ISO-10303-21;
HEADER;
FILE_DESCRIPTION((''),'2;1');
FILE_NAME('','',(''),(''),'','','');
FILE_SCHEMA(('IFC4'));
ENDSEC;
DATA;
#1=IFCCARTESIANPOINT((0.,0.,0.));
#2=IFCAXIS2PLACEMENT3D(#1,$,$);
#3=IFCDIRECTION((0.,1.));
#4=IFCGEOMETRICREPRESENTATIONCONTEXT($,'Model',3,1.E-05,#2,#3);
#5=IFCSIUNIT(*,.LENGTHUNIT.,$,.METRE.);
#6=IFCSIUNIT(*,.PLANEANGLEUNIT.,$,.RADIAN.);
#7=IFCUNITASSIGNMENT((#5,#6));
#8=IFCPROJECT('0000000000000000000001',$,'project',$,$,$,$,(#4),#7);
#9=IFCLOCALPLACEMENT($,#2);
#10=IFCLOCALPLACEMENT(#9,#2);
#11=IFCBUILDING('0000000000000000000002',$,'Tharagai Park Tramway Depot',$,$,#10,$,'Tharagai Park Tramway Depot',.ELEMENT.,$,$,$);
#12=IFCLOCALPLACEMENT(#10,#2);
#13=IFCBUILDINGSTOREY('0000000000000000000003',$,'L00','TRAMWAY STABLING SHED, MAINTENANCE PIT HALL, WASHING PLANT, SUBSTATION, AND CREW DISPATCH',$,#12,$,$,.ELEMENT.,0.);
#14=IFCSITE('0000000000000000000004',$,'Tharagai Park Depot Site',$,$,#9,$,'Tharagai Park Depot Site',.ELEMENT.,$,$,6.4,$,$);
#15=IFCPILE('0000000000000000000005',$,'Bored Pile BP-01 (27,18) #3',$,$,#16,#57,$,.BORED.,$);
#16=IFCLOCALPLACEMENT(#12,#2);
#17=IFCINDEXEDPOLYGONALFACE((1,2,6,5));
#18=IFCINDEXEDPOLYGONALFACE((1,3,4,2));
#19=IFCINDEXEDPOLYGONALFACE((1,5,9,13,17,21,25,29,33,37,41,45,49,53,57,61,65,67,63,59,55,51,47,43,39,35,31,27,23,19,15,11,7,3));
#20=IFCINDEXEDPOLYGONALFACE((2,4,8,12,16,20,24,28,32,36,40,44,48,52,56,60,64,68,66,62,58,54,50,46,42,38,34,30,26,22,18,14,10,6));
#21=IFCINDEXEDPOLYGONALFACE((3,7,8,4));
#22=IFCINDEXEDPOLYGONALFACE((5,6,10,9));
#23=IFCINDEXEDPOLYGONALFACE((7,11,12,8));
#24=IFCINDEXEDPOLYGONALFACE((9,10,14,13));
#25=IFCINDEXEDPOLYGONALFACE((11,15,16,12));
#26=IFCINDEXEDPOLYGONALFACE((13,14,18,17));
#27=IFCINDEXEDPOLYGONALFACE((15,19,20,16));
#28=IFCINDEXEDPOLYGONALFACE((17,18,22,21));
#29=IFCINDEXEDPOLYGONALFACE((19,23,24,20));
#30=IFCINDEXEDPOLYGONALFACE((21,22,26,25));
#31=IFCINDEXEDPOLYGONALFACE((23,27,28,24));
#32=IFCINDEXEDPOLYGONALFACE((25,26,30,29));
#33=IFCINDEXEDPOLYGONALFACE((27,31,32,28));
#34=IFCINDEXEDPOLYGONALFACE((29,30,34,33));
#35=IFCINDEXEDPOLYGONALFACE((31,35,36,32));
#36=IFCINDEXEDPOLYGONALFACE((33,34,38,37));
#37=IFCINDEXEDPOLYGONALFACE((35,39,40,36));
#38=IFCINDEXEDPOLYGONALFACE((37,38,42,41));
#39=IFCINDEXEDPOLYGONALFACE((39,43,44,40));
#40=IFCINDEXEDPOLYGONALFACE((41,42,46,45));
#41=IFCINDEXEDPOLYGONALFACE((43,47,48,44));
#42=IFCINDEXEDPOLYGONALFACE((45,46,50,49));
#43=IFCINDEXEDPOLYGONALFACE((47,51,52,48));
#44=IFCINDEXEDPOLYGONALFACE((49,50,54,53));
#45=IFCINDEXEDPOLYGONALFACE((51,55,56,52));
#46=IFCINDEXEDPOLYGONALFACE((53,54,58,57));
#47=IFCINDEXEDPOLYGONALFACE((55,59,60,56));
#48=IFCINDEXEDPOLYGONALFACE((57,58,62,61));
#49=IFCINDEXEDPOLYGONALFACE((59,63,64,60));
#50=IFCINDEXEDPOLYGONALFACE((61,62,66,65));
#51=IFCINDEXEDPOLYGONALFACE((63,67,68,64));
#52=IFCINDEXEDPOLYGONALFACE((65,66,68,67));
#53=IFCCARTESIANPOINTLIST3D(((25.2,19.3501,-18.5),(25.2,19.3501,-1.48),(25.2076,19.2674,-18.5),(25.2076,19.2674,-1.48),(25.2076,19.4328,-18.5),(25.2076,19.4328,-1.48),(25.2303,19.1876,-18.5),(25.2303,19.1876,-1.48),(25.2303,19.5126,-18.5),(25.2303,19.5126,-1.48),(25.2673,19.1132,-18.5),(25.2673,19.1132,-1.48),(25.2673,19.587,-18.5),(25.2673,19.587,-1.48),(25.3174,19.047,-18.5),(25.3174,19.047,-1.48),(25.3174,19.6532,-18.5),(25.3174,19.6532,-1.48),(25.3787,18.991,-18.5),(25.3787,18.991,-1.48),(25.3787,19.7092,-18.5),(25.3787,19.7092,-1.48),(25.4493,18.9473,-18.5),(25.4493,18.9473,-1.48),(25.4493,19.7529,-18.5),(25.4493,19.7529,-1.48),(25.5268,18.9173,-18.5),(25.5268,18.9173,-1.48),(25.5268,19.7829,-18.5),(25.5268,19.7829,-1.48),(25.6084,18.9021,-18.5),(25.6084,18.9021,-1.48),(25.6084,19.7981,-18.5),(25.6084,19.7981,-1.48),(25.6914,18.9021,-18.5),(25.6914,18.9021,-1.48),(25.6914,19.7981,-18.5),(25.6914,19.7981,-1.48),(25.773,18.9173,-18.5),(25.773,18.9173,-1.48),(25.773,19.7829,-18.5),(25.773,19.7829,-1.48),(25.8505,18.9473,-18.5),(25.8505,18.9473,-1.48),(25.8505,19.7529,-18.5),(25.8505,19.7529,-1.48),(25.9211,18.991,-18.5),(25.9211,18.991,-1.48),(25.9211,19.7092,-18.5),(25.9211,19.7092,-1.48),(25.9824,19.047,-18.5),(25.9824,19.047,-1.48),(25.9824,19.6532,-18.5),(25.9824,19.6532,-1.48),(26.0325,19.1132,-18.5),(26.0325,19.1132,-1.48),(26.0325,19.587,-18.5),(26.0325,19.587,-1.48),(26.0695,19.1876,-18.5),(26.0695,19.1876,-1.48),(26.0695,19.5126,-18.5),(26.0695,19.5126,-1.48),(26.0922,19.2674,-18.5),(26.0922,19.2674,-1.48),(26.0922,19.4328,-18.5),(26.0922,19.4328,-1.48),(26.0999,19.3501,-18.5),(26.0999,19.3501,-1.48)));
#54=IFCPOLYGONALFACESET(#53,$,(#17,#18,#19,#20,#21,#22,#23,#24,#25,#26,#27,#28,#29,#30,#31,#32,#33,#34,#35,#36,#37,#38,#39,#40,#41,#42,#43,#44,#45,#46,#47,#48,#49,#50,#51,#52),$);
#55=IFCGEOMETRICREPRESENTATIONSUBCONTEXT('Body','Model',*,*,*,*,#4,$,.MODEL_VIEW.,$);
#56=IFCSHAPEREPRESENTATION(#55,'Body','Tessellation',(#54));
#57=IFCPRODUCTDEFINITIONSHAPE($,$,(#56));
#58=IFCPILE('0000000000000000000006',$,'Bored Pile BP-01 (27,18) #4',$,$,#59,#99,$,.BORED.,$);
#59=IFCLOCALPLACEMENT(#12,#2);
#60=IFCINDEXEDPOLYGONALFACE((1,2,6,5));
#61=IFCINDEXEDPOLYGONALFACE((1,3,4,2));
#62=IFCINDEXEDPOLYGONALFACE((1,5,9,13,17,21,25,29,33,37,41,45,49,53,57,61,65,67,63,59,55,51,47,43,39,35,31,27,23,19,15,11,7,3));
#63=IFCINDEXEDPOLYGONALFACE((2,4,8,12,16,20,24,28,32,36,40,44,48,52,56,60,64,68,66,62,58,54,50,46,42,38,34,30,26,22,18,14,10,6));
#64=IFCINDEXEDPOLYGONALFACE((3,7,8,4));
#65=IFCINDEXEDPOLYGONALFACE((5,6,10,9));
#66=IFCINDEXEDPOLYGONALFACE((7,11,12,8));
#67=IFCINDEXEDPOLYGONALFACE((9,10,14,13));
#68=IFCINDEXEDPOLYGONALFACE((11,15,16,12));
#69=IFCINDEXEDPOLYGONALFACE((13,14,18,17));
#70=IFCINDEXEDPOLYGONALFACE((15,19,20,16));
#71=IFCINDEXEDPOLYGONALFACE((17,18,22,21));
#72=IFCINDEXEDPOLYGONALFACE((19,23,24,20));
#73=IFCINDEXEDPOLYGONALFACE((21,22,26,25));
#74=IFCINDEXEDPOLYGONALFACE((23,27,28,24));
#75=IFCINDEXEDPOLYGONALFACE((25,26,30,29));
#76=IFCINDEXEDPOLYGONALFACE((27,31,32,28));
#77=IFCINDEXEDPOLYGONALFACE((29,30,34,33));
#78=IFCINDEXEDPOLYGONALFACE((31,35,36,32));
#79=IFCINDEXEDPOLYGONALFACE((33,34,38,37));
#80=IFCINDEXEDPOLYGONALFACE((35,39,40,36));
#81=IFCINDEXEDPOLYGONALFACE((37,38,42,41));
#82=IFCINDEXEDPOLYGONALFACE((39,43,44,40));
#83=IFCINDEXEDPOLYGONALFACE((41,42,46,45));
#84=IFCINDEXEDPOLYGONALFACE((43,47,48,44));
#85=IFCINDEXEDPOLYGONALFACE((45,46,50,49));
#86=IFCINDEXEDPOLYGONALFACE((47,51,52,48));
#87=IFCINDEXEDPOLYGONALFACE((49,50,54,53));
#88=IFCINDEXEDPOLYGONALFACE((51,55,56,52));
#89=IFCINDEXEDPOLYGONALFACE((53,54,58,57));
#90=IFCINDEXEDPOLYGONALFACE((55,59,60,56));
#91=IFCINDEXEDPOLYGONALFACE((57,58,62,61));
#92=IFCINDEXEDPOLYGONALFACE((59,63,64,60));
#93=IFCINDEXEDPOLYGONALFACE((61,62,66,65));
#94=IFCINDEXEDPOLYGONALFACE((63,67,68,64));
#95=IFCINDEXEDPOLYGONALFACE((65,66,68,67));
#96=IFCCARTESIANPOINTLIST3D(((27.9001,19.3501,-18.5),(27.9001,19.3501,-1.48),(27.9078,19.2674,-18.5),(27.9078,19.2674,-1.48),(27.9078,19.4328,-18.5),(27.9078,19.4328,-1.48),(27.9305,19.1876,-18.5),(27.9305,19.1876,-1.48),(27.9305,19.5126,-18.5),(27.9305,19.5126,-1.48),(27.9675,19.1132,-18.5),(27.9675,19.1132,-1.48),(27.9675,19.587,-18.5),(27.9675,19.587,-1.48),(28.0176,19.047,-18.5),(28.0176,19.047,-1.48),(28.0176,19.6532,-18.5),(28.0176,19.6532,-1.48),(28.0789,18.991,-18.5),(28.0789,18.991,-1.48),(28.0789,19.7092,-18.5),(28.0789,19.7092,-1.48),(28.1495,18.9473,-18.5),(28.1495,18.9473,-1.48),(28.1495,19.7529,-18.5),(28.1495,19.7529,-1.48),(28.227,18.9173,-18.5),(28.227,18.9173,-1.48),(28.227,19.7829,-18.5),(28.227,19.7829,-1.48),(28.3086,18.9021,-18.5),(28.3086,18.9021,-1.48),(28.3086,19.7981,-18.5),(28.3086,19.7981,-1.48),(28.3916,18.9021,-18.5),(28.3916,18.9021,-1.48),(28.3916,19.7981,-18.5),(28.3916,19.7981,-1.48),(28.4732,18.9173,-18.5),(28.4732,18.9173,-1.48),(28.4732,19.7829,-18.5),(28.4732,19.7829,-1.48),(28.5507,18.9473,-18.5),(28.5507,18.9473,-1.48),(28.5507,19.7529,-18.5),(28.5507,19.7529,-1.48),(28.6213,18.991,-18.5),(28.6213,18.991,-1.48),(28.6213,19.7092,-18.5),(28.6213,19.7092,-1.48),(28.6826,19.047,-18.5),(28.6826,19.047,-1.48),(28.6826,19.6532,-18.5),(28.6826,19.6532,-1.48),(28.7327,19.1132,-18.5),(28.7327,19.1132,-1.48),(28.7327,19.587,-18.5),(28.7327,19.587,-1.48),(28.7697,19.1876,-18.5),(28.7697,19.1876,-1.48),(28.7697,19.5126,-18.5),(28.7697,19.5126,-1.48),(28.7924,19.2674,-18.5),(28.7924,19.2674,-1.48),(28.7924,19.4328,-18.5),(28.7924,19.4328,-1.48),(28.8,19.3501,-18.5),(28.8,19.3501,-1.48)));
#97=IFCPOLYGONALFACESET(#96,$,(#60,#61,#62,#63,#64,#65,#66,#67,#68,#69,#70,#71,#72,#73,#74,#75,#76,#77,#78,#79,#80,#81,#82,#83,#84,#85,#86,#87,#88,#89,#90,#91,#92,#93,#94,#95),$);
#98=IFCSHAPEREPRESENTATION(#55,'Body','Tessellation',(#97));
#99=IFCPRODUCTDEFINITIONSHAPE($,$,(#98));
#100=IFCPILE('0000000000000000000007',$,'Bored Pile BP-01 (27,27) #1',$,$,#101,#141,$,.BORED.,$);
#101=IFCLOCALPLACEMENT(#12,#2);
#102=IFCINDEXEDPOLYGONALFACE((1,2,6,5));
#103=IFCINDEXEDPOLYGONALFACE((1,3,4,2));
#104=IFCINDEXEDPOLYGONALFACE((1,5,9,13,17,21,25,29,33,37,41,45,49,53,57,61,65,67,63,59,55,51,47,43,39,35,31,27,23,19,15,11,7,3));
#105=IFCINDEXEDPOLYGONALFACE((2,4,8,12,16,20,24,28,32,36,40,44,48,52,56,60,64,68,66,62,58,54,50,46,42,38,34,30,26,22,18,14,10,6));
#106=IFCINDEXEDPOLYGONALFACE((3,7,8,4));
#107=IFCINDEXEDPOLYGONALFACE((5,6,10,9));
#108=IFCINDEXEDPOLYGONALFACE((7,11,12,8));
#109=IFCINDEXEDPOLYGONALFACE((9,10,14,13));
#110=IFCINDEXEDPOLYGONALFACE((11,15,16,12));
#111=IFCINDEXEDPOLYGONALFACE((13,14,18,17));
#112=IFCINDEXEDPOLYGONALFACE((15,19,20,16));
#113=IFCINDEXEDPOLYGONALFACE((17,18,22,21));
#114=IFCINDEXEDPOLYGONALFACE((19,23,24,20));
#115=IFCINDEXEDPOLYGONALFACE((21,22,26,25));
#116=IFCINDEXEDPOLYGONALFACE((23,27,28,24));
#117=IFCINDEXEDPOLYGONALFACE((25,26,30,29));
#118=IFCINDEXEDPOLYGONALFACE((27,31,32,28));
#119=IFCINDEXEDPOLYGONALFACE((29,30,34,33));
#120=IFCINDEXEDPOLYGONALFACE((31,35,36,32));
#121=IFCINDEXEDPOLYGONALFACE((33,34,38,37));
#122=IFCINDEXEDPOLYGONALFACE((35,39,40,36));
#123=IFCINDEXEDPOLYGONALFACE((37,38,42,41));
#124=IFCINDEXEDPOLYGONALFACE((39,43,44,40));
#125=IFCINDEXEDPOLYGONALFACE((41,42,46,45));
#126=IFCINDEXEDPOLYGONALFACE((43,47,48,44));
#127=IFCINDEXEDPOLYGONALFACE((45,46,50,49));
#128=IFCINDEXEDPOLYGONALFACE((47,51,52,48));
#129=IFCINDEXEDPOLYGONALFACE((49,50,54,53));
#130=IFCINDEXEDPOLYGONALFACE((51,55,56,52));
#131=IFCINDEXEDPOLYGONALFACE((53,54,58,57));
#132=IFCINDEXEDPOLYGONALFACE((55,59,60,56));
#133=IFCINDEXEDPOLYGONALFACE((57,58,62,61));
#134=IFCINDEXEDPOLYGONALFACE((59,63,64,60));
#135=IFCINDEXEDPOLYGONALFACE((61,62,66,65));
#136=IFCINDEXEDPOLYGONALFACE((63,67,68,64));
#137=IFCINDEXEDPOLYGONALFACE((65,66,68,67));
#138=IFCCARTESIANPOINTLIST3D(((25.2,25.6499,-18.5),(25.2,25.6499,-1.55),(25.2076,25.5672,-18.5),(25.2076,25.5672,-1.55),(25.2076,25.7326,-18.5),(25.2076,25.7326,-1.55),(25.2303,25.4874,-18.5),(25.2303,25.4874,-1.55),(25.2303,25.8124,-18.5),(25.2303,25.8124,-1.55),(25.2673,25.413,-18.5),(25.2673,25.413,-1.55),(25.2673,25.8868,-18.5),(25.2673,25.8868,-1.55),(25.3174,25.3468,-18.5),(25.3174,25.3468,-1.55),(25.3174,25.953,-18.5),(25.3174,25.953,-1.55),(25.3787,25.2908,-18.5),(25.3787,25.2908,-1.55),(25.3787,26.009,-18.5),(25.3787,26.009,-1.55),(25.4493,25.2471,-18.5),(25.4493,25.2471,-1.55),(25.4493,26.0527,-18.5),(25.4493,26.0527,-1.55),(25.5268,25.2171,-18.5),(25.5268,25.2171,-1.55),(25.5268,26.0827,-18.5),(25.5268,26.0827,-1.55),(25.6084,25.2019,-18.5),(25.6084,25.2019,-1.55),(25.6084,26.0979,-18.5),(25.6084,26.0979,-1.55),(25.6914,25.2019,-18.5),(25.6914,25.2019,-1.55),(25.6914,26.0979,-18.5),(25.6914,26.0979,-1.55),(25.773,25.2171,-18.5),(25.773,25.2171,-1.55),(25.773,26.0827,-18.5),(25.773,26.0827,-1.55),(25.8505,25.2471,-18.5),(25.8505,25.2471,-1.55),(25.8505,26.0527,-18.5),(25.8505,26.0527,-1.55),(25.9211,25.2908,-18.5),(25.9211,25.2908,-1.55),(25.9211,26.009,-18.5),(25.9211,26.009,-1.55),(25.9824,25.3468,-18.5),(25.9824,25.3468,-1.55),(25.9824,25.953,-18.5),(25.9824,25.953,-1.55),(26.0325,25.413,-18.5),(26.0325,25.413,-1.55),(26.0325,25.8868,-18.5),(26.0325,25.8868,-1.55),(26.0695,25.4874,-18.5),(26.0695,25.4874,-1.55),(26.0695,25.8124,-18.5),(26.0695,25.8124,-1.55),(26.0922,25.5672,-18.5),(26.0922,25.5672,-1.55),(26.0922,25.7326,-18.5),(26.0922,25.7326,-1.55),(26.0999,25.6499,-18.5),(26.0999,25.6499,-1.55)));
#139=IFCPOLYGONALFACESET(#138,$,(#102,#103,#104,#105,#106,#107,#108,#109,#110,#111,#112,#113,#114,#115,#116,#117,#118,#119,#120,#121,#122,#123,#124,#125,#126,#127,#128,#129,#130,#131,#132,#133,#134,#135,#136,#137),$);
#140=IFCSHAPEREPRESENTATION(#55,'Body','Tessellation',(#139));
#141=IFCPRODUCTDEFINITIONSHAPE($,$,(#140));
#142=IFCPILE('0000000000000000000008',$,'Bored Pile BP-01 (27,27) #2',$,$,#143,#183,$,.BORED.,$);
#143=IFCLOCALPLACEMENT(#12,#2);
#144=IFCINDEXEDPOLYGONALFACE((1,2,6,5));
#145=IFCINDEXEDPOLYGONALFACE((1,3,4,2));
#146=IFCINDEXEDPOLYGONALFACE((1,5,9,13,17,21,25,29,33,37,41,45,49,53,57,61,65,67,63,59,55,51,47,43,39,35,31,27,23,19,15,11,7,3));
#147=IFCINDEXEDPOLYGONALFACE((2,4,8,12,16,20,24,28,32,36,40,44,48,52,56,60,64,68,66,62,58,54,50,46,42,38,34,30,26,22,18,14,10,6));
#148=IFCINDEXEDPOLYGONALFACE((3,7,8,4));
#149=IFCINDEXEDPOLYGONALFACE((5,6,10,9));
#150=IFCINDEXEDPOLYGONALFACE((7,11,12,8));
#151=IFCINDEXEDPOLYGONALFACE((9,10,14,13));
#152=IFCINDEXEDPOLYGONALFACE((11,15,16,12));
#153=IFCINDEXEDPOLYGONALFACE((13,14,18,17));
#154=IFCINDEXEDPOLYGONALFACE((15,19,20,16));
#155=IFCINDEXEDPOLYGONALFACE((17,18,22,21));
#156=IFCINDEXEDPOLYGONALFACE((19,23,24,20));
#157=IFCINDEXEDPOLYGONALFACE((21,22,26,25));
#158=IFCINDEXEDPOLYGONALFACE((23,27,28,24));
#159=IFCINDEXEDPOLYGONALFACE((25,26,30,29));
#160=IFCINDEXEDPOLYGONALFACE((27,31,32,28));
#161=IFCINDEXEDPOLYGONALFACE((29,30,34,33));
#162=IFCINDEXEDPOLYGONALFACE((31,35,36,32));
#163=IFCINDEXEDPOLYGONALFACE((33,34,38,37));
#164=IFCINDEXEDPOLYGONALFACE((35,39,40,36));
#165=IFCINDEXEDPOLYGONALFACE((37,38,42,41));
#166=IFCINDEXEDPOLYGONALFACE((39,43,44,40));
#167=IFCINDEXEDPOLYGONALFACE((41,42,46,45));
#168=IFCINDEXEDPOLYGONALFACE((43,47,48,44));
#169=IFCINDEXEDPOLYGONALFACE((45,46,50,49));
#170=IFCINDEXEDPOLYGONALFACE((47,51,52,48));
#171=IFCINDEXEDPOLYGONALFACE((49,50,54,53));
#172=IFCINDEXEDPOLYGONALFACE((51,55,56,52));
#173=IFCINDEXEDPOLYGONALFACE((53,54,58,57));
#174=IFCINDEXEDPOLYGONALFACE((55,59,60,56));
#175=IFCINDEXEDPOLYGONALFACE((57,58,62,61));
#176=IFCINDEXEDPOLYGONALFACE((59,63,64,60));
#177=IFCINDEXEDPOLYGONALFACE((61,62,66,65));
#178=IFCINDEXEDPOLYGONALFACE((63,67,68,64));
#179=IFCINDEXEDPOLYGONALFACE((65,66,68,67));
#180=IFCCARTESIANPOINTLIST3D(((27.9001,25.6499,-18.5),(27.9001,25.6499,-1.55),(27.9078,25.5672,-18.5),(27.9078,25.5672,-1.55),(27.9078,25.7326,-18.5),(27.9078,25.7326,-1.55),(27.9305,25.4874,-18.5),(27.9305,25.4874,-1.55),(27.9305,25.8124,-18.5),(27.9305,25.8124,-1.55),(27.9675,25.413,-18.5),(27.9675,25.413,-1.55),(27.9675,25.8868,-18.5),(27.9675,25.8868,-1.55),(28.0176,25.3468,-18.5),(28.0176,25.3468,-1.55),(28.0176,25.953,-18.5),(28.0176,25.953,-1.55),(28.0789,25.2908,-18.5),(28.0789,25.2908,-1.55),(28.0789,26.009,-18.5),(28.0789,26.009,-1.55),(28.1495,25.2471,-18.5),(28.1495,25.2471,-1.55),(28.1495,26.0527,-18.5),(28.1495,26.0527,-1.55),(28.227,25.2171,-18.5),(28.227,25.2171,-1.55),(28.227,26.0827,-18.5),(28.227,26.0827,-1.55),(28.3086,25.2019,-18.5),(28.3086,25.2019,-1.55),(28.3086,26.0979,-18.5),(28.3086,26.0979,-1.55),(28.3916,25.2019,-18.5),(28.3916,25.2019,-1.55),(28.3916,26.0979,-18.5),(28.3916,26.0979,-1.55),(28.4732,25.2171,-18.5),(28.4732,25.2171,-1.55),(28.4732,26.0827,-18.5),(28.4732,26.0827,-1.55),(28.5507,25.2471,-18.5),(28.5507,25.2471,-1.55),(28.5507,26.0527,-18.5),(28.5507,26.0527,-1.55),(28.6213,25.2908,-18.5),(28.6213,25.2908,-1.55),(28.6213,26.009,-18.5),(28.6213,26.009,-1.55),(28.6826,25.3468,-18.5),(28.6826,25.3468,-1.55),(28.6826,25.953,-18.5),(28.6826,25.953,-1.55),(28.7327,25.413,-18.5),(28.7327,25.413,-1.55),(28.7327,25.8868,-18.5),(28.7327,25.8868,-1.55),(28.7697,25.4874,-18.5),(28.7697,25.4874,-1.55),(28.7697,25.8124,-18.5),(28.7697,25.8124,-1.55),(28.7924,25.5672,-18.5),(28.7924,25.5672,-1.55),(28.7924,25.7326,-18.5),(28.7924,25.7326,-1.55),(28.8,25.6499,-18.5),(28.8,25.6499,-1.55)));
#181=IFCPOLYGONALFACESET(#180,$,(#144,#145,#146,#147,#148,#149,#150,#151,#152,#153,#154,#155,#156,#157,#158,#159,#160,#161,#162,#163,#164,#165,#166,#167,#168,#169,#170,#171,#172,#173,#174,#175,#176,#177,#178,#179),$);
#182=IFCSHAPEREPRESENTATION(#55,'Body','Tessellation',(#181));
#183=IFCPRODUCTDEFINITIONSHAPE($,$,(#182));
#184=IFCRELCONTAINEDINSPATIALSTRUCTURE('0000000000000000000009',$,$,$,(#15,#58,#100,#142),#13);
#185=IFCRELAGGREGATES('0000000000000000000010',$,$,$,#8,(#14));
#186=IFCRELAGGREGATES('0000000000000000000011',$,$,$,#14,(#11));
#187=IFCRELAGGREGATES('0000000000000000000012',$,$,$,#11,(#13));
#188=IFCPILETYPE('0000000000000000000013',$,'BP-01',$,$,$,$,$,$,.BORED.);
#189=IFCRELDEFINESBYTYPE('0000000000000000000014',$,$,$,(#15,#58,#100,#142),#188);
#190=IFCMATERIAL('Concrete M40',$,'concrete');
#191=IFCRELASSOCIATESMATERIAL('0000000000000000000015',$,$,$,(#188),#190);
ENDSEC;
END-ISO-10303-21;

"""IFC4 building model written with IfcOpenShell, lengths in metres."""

from ifc_helpers import new_model, si_unit, direction, frame, origin, origin_2d, place, context, subcontext, project, spatial, circle, extrude, material, material_profile, profile_set, type_object, element, save


model = new_model("IFC4")

# Units and contexts
model_context = context("Model", 3, precision=1e-05, world=origin(), true_north=direction((0.0, 1.0)))
body_context = subcontext(model_context, "Body", "Model", "MODEL_VIEW")
ifc_project = project(units=[si_unit("LENGTHUNIT", "METRE"), si_unit("PLANEANGLEUNIT", "RADIAN")], contexts=[model_context])

# Site, building, storey
site_placement = place(None, origin())
site = spatial("IfcSite", under=ifc_project, at=site_placement, Name="Tharagai Park Depot Site", LongName="Tharagai Park Depot Site", CompositionType="ELEMENT", RefElevation=6.4)
building_placement = place(site_placement, origin())
building = spatial("IfcBuilding", under=site, at=building_placement, Name="Tharagai Park Tramway Depot", LongName="Tharagai Park Tramway Depot", CompositionType="ELEMENT")
storey_placement = place(building_placement, origin())
storey = spatial("IfcBuildingStorey", under=building, at=storey_placement, Name="L00", Description="TRAMWAY STABLING SHED, MAINTENANCE PIT HALL, WASHING PLANT, SUBSTATION, AND CREW DISPATCH", CompositionType="ELEMENT", Elevation=0.0)

# Piles
ifc_material_1 = material(Name="Concrete M40", Category="concrete")
ifc_material_profile_1 = material_profile(ifc_material_1, circle(Radius=0.45, at=origin_2d()), Name="PILE D900")
ifc_profile_set_1 = profile_set([ifc_material_profile_1], Name="Concrete M40")
pile_type_1 = type_object("IfcPileType", Name="BP-01", PredefinedType="BORED", material=ifc_profile_set_1)
for number, where, z_axis, x_axis, name in (
    (1, (25.6499, 19.3501, -1.48), (0.0, 0.0, -1.0), (1.0, 0.0, 0.0), "Bored Pile BP-01 (27,18) #3"),
    (2, (28.3501, 19.3501, -1.48), (0.0, 0.0, -1.0), (1.0, 0.0, 0.0), "Bored Pile BP-01 (27,18) #4"),
):
    element("IfcPile", number, at=place(storey_placement, frame(where, z_axis=z_axis, x_axis=x_axis)), inside=storey, type_object=pile_type_1, Name=name, PredefinedType="BORED", context=body_context, shape_type="SweptSolid", body=[
        extrude(circle(Radius=0.45, at=origin_2d()), origin(), (0.0, 0.0, 1.0), 17.02),
    ])
for number, where, z_axis, x_axis, name in (
    (3, (25.6499, 25.6499, -1.55), (0.0, 0.0, -1.0), (1.0, 0.0, 0.0), "Bored Pile BP-01 (27,27) #1"),
    (4, (28.3501, 25.6499, -1.55), (0.0, 0.0, -1.0), (1.0, 0.0, 0.0), "Bored Pile BP-01 (27,27) #2"),
):
    element("IfcPile", number, at=place(storey_placement, frame(where, z_axis=z_axis, x_axis=x_axis)), inside=storey, type_object=pile_type_1, Name=name, PredefinedType="BORED", context=body_context, shape_type="SweptSolid", body=[
        extrude(circle(Radius=0.45, at=origin_2d()), origin(), (0.0, 0.0, 1.0), 16.95),
    ])

save(model, "model.ifc")
